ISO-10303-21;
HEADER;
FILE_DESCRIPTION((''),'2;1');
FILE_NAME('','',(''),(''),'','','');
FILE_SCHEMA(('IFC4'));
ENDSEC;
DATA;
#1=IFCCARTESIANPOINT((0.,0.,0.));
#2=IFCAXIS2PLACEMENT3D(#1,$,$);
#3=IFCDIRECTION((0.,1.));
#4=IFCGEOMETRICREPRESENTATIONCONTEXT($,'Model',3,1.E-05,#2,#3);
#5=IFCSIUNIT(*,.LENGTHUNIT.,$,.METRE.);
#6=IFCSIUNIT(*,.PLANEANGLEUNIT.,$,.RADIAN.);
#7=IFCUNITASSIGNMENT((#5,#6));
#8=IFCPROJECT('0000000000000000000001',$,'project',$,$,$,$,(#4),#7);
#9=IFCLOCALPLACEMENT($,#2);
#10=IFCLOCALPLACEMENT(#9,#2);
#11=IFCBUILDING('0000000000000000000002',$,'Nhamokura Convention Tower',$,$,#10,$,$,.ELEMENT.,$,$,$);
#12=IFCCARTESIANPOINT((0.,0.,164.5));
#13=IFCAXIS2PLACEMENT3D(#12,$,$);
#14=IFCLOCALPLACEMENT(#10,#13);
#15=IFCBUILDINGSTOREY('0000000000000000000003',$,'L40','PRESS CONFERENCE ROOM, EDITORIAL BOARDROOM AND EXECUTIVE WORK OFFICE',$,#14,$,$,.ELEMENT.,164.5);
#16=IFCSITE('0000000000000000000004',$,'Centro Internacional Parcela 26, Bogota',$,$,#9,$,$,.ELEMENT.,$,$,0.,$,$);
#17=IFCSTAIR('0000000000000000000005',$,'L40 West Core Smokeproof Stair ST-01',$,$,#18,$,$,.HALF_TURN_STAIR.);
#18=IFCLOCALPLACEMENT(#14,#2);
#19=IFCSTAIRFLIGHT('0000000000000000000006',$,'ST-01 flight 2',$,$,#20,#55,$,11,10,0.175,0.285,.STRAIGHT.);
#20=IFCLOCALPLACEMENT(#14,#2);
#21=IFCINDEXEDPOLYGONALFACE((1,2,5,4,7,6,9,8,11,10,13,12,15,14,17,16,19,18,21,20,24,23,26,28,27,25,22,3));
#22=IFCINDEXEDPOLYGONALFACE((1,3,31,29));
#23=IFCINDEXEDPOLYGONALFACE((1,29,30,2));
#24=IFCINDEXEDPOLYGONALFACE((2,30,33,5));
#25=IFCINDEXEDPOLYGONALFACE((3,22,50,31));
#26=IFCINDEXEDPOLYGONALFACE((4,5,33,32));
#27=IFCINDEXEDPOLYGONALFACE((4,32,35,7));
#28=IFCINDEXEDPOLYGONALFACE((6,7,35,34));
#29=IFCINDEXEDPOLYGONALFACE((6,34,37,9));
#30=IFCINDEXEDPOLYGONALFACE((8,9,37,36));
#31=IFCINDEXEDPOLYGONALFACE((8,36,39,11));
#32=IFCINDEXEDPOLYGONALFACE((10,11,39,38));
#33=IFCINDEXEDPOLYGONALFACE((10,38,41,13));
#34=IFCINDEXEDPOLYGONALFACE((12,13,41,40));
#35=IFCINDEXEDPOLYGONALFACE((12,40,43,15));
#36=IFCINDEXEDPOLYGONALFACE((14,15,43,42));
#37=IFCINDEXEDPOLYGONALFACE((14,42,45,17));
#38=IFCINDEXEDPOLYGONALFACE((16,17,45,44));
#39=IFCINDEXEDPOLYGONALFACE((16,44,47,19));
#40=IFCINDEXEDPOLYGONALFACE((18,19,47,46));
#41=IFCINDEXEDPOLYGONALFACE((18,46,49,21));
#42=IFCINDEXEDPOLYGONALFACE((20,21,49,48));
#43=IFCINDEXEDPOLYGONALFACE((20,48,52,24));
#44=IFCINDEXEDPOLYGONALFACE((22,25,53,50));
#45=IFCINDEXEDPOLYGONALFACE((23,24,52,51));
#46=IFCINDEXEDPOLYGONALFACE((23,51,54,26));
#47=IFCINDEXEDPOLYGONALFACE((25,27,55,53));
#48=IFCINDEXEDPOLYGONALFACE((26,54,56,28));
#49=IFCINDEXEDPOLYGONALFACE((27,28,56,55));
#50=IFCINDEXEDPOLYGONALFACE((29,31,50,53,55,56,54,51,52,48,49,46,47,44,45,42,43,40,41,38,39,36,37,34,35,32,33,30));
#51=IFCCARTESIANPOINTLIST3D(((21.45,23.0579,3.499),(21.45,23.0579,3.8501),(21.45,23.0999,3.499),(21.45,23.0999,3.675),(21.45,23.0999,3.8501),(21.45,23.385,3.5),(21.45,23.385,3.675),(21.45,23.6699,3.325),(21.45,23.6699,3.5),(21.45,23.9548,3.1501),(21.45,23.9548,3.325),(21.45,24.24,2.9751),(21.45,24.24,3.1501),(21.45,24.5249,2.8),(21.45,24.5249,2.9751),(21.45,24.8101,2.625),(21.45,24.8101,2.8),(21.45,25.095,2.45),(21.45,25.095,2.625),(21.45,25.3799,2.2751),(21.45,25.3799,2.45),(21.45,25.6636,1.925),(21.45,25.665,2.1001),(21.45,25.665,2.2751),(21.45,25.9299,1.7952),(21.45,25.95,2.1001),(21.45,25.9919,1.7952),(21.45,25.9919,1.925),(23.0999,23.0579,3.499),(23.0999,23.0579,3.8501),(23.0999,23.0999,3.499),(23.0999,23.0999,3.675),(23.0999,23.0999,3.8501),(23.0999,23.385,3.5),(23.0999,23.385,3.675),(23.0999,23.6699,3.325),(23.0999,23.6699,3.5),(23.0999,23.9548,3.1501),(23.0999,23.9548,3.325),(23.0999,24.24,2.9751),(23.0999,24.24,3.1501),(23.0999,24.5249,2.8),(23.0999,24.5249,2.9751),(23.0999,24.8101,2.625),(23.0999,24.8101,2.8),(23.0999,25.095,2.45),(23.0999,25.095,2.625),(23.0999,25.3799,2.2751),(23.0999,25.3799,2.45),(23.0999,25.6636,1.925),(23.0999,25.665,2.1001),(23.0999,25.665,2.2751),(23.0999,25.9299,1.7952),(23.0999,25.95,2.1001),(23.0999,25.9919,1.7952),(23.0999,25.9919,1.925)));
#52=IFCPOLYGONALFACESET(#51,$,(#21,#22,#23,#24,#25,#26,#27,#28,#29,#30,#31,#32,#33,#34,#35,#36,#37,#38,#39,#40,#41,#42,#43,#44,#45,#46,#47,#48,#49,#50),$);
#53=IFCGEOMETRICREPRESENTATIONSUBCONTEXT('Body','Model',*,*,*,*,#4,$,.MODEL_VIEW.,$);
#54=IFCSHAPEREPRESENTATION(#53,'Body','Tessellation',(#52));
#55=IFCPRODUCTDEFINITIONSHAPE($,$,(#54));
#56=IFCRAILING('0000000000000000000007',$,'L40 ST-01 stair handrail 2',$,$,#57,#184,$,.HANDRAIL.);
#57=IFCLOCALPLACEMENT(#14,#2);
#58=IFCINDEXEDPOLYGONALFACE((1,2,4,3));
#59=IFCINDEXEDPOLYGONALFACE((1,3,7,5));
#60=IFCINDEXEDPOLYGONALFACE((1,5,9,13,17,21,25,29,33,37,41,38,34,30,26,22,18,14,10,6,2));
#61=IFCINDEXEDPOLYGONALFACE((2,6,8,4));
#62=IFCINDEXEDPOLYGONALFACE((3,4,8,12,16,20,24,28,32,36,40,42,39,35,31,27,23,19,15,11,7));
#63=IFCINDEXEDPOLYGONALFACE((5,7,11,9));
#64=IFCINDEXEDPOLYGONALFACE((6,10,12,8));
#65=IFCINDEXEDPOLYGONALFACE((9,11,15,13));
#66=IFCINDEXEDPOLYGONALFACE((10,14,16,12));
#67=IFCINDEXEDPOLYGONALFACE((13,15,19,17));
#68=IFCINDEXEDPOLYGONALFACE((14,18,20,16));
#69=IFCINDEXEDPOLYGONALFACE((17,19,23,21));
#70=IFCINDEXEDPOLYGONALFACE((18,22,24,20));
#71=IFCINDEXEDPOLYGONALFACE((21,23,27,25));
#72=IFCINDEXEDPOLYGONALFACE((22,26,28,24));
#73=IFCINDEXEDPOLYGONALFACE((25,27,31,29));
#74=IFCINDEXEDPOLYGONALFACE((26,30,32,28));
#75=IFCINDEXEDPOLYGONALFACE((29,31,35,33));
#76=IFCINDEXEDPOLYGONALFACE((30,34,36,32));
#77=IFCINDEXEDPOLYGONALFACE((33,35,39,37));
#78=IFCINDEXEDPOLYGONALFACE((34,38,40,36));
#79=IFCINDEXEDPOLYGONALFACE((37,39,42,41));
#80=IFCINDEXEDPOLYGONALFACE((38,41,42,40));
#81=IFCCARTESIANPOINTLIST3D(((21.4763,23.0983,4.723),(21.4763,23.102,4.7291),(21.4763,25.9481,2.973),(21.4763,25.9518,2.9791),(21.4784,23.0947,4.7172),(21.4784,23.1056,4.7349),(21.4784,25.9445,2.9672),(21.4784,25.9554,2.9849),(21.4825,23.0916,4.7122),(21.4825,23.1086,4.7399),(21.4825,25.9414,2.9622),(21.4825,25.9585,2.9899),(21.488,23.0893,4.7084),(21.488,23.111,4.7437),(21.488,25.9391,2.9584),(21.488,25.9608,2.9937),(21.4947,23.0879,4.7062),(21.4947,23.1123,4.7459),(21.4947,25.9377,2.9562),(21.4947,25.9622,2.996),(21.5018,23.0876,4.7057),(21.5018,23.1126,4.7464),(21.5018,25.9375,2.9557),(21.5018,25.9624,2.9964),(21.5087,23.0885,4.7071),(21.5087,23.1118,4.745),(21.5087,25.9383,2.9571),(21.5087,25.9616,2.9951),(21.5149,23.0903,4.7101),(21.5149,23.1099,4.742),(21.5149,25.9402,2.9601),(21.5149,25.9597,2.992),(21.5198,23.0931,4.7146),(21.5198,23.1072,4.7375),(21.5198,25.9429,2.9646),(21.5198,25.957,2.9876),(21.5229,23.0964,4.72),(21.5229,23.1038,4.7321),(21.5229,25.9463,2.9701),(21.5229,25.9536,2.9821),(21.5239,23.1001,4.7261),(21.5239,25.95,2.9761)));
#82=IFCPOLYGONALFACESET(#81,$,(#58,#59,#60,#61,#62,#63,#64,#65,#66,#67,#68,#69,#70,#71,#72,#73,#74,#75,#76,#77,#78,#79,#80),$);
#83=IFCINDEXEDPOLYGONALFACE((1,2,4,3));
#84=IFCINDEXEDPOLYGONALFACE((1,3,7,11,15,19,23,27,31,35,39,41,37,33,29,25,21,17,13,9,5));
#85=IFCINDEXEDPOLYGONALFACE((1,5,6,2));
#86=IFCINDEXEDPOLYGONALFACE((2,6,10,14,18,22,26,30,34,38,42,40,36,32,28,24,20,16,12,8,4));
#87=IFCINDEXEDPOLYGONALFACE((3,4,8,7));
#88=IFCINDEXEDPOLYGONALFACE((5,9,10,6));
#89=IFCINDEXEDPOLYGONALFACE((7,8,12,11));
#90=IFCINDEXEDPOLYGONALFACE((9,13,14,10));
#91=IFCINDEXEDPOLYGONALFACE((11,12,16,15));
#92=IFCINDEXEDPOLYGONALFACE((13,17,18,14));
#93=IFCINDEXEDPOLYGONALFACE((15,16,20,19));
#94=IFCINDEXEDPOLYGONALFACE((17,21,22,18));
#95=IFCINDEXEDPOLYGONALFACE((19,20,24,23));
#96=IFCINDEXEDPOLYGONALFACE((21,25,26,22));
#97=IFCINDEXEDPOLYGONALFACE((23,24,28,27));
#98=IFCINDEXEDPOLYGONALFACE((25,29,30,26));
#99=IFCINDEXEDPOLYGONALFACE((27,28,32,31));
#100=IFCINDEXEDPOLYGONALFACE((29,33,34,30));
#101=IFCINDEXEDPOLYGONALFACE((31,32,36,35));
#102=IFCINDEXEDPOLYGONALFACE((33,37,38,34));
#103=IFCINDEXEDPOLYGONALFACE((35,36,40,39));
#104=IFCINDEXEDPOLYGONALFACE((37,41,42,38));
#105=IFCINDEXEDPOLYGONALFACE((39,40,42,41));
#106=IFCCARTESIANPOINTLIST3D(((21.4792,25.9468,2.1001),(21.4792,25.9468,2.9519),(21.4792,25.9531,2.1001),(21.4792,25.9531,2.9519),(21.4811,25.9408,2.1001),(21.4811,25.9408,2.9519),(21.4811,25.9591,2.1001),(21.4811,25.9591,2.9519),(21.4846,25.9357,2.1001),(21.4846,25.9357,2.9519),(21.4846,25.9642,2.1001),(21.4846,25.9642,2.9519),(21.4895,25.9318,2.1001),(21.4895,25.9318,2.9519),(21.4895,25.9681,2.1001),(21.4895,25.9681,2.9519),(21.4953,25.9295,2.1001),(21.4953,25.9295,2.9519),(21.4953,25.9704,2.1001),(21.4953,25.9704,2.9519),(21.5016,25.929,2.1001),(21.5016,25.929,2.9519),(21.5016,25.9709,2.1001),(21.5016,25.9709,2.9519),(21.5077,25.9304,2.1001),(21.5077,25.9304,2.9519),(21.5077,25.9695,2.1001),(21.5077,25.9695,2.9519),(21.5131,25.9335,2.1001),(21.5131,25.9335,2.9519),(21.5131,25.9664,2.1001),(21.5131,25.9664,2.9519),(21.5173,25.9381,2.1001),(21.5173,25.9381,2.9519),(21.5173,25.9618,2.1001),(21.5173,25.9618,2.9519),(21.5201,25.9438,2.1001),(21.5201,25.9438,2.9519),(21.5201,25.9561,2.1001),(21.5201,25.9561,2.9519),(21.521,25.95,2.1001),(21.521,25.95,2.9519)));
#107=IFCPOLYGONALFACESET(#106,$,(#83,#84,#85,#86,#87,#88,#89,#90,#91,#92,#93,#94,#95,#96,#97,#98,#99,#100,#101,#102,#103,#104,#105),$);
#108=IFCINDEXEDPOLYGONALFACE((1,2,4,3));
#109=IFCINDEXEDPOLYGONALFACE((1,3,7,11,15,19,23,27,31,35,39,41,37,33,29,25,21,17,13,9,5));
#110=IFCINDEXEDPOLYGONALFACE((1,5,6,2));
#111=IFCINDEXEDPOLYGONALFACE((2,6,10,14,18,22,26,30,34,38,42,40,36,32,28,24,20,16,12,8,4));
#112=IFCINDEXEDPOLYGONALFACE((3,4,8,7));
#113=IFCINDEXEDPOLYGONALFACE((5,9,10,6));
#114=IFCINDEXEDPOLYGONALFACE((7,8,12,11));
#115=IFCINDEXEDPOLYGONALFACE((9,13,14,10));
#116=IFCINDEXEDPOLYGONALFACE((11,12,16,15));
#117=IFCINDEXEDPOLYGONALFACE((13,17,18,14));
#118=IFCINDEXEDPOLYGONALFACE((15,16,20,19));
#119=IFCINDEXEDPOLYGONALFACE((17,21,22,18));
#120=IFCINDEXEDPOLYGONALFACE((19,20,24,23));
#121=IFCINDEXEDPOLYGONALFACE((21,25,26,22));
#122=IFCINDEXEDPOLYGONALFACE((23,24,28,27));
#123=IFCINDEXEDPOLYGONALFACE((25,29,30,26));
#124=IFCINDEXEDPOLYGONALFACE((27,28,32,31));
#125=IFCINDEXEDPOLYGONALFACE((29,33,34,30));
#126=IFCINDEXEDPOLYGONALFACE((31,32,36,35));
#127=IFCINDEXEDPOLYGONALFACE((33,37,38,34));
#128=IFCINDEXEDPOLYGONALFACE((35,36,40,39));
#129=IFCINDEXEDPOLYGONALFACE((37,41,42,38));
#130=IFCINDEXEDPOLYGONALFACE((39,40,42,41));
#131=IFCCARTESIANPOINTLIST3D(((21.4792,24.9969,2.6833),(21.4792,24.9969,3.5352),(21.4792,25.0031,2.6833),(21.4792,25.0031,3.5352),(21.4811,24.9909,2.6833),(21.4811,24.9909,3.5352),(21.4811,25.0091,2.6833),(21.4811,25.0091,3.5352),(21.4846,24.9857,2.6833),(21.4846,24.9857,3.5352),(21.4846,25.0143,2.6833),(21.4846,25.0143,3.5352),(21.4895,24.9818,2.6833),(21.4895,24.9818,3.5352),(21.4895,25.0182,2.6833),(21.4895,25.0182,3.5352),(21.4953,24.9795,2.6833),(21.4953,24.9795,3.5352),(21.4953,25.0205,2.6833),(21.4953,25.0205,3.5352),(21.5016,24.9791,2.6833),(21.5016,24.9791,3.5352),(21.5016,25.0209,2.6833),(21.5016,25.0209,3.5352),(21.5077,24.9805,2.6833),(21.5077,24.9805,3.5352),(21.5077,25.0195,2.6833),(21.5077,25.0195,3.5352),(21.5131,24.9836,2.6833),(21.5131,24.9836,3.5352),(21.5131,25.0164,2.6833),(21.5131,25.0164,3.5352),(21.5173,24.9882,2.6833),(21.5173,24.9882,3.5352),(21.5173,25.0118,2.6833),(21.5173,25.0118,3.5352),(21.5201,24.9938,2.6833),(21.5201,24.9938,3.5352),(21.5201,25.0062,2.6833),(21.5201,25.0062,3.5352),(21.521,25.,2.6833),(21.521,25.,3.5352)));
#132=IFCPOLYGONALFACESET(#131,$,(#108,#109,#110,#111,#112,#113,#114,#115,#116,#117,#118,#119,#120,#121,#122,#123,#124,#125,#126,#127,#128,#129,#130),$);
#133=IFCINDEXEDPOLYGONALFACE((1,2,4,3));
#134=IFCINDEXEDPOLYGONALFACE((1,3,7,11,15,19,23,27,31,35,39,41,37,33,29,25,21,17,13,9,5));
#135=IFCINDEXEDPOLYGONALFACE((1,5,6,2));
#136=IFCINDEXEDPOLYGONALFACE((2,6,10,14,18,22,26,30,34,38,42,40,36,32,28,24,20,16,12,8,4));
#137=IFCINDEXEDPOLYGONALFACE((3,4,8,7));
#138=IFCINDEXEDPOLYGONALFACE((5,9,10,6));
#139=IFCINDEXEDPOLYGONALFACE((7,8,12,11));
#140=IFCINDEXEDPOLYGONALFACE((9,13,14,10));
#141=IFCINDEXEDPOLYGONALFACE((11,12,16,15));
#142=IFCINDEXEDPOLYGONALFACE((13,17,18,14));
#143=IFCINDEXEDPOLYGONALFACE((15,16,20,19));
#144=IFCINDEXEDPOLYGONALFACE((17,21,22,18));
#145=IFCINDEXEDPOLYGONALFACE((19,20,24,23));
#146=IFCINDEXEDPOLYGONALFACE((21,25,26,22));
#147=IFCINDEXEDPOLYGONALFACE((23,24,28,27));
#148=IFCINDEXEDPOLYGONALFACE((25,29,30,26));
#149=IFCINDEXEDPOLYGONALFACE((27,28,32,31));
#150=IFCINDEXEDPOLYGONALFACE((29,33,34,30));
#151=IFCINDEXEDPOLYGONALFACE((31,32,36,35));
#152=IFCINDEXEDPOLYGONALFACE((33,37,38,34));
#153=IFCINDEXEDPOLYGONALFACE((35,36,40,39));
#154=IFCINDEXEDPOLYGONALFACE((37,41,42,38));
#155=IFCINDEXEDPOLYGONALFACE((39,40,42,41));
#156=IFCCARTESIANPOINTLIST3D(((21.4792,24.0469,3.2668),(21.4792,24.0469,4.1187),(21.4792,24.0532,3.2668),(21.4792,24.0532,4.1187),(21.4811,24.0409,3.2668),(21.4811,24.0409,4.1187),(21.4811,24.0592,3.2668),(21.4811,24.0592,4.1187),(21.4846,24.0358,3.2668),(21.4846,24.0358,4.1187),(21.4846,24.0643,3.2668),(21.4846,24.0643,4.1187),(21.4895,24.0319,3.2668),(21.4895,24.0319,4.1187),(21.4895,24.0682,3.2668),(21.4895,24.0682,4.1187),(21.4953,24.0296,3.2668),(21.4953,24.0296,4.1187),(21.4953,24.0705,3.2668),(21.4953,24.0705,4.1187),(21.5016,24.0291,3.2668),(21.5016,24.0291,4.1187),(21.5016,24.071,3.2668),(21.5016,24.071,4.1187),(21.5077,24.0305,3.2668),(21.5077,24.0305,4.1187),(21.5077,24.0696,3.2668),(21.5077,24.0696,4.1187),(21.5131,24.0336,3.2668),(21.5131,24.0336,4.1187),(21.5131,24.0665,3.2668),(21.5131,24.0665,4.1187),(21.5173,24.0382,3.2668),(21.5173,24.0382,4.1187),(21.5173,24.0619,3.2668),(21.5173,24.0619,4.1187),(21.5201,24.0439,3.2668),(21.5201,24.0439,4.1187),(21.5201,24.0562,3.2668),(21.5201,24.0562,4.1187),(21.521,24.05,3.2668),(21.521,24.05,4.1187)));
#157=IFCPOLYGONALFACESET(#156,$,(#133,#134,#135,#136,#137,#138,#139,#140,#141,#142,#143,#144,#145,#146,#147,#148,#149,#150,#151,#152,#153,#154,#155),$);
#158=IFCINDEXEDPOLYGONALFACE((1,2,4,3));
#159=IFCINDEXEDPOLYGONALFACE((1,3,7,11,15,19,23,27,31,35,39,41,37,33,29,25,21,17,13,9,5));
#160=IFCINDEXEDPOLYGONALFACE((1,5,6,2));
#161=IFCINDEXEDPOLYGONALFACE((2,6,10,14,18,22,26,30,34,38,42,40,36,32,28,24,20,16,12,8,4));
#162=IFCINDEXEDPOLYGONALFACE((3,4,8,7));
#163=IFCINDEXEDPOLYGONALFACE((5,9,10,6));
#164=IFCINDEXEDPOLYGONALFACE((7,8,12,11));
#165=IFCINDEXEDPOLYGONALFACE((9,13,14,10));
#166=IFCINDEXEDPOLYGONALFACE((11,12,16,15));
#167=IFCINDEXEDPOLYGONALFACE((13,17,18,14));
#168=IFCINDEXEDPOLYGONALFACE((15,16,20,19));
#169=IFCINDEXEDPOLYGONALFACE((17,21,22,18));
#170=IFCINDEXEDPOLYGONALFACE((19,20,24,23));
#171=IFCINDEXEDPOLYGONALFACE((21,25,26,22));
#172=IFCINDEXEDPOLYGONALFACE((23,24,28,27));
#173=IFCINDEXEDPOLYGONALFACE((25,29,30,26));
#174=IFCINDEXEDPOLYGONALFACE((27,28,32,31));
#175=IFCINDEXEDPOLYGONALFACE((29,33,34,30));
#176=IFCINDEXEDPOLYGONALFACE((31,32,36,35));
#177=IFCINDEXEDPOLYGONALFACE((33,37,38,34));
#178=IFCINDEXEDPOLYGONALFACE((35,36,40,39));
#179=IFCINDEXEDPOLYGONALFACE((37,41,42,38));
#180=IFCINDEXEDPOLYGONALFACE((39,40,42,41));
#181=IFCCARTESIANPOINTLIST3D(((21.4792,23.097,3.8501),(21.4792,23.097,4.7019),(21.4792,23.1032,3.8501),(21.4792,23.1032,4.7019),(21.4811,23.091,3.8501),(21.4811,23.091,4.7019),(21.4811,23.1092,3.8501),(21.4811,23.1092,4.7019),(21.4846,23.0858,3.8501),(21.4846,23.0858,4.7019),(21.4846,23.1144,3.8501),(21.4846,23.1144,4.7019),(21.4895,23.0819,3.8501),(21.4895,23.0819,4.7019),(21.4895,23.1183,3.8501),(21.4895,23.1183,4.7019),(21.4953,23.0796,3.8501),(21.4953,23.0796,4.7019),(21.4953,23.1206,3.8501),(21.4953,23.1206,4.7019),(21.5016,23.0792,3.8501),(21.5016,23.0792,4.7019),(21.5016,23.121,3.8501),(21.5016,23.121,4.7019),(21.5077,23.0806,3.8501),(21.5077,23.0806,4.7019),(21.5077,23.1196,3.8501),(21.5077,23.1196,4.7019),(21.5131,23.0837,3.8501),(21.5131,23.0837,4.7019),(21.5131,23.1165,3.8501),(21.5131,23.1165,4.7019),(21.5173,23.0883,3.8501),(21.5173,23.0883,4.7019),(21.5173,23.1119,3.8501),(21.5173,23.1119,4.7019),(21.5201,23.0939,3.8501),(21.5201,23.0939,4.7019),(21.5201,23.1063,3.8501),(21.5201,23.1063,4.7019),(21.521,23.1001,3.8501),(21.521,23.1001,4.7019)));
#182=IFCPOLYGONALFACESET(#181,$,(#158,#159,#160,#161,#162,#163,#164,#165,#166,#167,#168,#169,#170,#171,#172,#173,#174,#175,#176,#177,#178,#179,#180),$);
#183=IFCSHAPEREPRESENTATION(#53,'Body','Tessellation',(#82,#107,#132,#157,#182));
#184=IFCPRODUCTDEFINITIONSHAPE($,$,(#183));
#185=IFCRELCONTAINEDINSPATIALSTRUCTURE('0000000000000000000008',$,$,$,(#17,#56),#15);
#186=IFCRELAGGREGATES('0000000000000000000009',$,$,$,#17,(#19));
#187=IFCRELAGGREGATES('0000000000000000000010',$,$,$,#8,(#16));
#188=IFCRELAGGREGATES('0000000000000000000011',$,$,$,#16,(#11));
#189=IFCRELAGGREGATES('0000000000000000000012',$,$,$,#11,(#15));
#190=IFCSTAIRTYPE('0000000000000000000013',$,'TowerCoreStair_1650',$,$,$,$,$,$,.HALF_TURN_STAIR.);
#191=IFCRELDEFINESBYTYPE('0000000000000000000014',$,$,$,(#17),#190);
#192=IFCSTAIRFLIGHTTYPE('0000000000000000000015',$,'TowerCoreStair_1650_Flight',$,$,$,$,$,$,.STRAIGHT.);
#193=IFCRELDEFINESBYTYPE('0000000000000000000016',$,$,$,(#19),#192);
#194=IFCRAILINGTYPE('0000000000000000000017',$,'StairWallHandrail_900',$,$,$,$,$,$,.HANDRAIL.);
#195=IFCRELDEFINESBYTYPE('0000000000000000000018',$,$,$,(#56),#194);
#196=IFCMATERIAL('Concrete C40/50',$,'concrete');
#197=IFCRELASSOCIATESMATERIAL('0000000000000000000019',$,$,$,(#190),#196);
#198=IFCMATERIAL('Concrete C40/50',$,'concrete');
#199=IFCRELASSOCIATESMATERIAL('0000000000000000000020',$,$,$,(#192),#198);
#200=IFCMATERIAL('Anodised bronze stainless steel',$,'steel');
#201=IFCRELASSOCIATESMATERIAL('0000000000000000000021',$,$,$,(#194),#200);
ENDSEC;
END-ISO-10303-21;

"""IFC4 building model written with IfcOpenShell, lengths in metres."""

from ifc_helpers import new_model, si_unit, direction, frame, origin, origin_2d, place, context, subcontext, project, spatial, polyline, circle, outline, extrude, material, type_object, element, aggregate, save


model = new_model("IFC4")

# Units and contexts
model_context = context("Model", 3, precision=1e-05, world=origin(), true_north=direction((0.0, 1.0)))
body_context = subcontext(model_context, "Body", "Model", "MODEL_VIEW")
ifc_project = project(units=[si_unit("LENGTHUNIT", "METRE"), si_unit("PLANEANGLEUNIT", "RADIAN")], contexts=[model_context])

# Site, building, storey
site_placement = place(None, origin())
site = spatial("IfcSite", under=ifc_project, at=site_placement, Name="Centro Internacional Parcela 26, Bogota", CompositionType="ELEMENT", RefElevation=0.0)
building_placement = place(site_placement, origin())
building = spatial("IfcBuilding", under=site, at=building_placement, Name="Nhamokura Convention Tower", CompositionType="ELEMENT")
storey_placement = place(building_placement, frame((0.0, 0.0, 164.5)))
storey = spatial("IfcBuildingStorey", under=building, at=storey_placement, Name="L40", Description="PRESS CONFERENCE ROOM, EDITORIAL BOARDROOM AND EXECUTIVE WORK OFFICE", CompositionType="ELEMENT", Elevation=164.5)

# Stair, stair flight
ifc_material_1 = material(Name="Concrete C40/50", Category="concrete")
stair_type = type_object("IfcStairType", Name="TowerCoreStair_1650", PredefinedType="HALF_TURN_STAIR", material=ifc_material_1)
stair_placement = place(storey_placement, origin())
stair = element("IfcStair", 1, at=stair_placement, inside=storey, type_object=stair_type, Name="L40 West Core Smokeproof Stair ST-01", PredefinedType="HALF_TURN_STAIR")
ifc_material_2 = material(Name="Concrete C40/50", Category="concrete")
stair_flight_type = type_object("IfcStairFlightType", Name="TowerCoreStair_1650_Flight", PredefinedType="STRAIGHT", material=ifc_material_2)
stair_flight_placement = place(storey_placement, frame((22.2749, 25.95, 1.925), z_axis=(0.0, 0.0, 1.0), x_axis=(0.0, -1.0, 0.0)))
stair_flight = element("IfcStairFlight", 2, at=stair_flight_placement, type_object=stair_flight_type, Name="ST-01 flight 2", NumberOfRisers=11, NumberOfTreads=10, PredefinedType="STRAIGHT", RiserHeight=0.175, TreadLength=0.285, context=body_context, shape_type="SweptSolid", body=[
    extrude(outline(polyline([(-0.042, 0.0), (0.0, 0.175), (0.2849, 0.175), (0.2849, 0.3501), (0.5701, 0.3501), (0.5701, 0.5249), (0.855, 0.5249), (0.855, 0.7), (1.1399, 0.7), (1.1399, 0.875), (1.425, 0.875), (1.425, 1.05), (1.71, 1.05), (1.71, 1.2251), (1.9951, 1.2251), (1.9951, 1.3999), (2.28, 1.3999), (2.28, 1.575), (2.5649, 1.575), (2.5649, 1.75), (2.8501, 1.75), (2.8501, 1.925), (2.8921, 1.925), (2.8921, 1.574), (2.8501, 1.574), (0.2864, 0.0), (0.02, -0.1299), (-0.042, -0.1299), (-0.042, 0.0)])), frame((0.0, 0.825, 0.0), z_axis=(0.0, -1.0, 0.0), x_axis=(1.0, 0.0, 0.0)), (0.0, 0.0, 1.0), 1.6499),
])
aggregate(stair, [stair_flight])

# Railing
ifc_material_3 = material(Name="Anodised bronze stainless steel", Category="steel")
railing_type_1 = type_object("IfcRailingType", Name="StairWallHandrail_900", PredefinedType="HANDRAIL", material=ifc_material_3)
railing_1_placement = place(storey_placement, frame((21.5, 25.95, 2.1001)))
element("IfcRailing", 3, at=railing_1_placement, inside=storey, type_object=railing_type_1, Name="L40 ST-01 stair handrail 2", PredefinedType="HANDRAIL", context=body_context, shape_type="SweptSolid", body=[
    extrude(circle(Radius=0.0239, at=origin_2d()), frame((0.0, 0.0, 0.876), z_axis=(0.0, -0.852159, 0.523283), x_axis=(1.0, 0.0, 0.0)), (0.0, 0.0, 1.0), 3.3442),
    extrude(circle(Radius=0.021, at=origin_2d()), origin(), (0.0, 0.0, 1.0), 0.8518),
    extrude(circle(Radius=0.021, at=origin_2d()), frame((0.0, -0.95, 0.5833)), (0.0, 0.0, 1.0), 0.8518),
    extrude(circle(Radius=0.021, at=origin_2d()), frame((0.0, -1.8999, 1.1667)), (0.0, 0.0, 1.0), 0.8518),
    extrude(circle(Radius=0.021, at=origin_2d()), frame((0.0, -2.8499, 1.75)), (0.0, 0.0, 1.0), 0.8518),
])

save(model, "model.ifc")
